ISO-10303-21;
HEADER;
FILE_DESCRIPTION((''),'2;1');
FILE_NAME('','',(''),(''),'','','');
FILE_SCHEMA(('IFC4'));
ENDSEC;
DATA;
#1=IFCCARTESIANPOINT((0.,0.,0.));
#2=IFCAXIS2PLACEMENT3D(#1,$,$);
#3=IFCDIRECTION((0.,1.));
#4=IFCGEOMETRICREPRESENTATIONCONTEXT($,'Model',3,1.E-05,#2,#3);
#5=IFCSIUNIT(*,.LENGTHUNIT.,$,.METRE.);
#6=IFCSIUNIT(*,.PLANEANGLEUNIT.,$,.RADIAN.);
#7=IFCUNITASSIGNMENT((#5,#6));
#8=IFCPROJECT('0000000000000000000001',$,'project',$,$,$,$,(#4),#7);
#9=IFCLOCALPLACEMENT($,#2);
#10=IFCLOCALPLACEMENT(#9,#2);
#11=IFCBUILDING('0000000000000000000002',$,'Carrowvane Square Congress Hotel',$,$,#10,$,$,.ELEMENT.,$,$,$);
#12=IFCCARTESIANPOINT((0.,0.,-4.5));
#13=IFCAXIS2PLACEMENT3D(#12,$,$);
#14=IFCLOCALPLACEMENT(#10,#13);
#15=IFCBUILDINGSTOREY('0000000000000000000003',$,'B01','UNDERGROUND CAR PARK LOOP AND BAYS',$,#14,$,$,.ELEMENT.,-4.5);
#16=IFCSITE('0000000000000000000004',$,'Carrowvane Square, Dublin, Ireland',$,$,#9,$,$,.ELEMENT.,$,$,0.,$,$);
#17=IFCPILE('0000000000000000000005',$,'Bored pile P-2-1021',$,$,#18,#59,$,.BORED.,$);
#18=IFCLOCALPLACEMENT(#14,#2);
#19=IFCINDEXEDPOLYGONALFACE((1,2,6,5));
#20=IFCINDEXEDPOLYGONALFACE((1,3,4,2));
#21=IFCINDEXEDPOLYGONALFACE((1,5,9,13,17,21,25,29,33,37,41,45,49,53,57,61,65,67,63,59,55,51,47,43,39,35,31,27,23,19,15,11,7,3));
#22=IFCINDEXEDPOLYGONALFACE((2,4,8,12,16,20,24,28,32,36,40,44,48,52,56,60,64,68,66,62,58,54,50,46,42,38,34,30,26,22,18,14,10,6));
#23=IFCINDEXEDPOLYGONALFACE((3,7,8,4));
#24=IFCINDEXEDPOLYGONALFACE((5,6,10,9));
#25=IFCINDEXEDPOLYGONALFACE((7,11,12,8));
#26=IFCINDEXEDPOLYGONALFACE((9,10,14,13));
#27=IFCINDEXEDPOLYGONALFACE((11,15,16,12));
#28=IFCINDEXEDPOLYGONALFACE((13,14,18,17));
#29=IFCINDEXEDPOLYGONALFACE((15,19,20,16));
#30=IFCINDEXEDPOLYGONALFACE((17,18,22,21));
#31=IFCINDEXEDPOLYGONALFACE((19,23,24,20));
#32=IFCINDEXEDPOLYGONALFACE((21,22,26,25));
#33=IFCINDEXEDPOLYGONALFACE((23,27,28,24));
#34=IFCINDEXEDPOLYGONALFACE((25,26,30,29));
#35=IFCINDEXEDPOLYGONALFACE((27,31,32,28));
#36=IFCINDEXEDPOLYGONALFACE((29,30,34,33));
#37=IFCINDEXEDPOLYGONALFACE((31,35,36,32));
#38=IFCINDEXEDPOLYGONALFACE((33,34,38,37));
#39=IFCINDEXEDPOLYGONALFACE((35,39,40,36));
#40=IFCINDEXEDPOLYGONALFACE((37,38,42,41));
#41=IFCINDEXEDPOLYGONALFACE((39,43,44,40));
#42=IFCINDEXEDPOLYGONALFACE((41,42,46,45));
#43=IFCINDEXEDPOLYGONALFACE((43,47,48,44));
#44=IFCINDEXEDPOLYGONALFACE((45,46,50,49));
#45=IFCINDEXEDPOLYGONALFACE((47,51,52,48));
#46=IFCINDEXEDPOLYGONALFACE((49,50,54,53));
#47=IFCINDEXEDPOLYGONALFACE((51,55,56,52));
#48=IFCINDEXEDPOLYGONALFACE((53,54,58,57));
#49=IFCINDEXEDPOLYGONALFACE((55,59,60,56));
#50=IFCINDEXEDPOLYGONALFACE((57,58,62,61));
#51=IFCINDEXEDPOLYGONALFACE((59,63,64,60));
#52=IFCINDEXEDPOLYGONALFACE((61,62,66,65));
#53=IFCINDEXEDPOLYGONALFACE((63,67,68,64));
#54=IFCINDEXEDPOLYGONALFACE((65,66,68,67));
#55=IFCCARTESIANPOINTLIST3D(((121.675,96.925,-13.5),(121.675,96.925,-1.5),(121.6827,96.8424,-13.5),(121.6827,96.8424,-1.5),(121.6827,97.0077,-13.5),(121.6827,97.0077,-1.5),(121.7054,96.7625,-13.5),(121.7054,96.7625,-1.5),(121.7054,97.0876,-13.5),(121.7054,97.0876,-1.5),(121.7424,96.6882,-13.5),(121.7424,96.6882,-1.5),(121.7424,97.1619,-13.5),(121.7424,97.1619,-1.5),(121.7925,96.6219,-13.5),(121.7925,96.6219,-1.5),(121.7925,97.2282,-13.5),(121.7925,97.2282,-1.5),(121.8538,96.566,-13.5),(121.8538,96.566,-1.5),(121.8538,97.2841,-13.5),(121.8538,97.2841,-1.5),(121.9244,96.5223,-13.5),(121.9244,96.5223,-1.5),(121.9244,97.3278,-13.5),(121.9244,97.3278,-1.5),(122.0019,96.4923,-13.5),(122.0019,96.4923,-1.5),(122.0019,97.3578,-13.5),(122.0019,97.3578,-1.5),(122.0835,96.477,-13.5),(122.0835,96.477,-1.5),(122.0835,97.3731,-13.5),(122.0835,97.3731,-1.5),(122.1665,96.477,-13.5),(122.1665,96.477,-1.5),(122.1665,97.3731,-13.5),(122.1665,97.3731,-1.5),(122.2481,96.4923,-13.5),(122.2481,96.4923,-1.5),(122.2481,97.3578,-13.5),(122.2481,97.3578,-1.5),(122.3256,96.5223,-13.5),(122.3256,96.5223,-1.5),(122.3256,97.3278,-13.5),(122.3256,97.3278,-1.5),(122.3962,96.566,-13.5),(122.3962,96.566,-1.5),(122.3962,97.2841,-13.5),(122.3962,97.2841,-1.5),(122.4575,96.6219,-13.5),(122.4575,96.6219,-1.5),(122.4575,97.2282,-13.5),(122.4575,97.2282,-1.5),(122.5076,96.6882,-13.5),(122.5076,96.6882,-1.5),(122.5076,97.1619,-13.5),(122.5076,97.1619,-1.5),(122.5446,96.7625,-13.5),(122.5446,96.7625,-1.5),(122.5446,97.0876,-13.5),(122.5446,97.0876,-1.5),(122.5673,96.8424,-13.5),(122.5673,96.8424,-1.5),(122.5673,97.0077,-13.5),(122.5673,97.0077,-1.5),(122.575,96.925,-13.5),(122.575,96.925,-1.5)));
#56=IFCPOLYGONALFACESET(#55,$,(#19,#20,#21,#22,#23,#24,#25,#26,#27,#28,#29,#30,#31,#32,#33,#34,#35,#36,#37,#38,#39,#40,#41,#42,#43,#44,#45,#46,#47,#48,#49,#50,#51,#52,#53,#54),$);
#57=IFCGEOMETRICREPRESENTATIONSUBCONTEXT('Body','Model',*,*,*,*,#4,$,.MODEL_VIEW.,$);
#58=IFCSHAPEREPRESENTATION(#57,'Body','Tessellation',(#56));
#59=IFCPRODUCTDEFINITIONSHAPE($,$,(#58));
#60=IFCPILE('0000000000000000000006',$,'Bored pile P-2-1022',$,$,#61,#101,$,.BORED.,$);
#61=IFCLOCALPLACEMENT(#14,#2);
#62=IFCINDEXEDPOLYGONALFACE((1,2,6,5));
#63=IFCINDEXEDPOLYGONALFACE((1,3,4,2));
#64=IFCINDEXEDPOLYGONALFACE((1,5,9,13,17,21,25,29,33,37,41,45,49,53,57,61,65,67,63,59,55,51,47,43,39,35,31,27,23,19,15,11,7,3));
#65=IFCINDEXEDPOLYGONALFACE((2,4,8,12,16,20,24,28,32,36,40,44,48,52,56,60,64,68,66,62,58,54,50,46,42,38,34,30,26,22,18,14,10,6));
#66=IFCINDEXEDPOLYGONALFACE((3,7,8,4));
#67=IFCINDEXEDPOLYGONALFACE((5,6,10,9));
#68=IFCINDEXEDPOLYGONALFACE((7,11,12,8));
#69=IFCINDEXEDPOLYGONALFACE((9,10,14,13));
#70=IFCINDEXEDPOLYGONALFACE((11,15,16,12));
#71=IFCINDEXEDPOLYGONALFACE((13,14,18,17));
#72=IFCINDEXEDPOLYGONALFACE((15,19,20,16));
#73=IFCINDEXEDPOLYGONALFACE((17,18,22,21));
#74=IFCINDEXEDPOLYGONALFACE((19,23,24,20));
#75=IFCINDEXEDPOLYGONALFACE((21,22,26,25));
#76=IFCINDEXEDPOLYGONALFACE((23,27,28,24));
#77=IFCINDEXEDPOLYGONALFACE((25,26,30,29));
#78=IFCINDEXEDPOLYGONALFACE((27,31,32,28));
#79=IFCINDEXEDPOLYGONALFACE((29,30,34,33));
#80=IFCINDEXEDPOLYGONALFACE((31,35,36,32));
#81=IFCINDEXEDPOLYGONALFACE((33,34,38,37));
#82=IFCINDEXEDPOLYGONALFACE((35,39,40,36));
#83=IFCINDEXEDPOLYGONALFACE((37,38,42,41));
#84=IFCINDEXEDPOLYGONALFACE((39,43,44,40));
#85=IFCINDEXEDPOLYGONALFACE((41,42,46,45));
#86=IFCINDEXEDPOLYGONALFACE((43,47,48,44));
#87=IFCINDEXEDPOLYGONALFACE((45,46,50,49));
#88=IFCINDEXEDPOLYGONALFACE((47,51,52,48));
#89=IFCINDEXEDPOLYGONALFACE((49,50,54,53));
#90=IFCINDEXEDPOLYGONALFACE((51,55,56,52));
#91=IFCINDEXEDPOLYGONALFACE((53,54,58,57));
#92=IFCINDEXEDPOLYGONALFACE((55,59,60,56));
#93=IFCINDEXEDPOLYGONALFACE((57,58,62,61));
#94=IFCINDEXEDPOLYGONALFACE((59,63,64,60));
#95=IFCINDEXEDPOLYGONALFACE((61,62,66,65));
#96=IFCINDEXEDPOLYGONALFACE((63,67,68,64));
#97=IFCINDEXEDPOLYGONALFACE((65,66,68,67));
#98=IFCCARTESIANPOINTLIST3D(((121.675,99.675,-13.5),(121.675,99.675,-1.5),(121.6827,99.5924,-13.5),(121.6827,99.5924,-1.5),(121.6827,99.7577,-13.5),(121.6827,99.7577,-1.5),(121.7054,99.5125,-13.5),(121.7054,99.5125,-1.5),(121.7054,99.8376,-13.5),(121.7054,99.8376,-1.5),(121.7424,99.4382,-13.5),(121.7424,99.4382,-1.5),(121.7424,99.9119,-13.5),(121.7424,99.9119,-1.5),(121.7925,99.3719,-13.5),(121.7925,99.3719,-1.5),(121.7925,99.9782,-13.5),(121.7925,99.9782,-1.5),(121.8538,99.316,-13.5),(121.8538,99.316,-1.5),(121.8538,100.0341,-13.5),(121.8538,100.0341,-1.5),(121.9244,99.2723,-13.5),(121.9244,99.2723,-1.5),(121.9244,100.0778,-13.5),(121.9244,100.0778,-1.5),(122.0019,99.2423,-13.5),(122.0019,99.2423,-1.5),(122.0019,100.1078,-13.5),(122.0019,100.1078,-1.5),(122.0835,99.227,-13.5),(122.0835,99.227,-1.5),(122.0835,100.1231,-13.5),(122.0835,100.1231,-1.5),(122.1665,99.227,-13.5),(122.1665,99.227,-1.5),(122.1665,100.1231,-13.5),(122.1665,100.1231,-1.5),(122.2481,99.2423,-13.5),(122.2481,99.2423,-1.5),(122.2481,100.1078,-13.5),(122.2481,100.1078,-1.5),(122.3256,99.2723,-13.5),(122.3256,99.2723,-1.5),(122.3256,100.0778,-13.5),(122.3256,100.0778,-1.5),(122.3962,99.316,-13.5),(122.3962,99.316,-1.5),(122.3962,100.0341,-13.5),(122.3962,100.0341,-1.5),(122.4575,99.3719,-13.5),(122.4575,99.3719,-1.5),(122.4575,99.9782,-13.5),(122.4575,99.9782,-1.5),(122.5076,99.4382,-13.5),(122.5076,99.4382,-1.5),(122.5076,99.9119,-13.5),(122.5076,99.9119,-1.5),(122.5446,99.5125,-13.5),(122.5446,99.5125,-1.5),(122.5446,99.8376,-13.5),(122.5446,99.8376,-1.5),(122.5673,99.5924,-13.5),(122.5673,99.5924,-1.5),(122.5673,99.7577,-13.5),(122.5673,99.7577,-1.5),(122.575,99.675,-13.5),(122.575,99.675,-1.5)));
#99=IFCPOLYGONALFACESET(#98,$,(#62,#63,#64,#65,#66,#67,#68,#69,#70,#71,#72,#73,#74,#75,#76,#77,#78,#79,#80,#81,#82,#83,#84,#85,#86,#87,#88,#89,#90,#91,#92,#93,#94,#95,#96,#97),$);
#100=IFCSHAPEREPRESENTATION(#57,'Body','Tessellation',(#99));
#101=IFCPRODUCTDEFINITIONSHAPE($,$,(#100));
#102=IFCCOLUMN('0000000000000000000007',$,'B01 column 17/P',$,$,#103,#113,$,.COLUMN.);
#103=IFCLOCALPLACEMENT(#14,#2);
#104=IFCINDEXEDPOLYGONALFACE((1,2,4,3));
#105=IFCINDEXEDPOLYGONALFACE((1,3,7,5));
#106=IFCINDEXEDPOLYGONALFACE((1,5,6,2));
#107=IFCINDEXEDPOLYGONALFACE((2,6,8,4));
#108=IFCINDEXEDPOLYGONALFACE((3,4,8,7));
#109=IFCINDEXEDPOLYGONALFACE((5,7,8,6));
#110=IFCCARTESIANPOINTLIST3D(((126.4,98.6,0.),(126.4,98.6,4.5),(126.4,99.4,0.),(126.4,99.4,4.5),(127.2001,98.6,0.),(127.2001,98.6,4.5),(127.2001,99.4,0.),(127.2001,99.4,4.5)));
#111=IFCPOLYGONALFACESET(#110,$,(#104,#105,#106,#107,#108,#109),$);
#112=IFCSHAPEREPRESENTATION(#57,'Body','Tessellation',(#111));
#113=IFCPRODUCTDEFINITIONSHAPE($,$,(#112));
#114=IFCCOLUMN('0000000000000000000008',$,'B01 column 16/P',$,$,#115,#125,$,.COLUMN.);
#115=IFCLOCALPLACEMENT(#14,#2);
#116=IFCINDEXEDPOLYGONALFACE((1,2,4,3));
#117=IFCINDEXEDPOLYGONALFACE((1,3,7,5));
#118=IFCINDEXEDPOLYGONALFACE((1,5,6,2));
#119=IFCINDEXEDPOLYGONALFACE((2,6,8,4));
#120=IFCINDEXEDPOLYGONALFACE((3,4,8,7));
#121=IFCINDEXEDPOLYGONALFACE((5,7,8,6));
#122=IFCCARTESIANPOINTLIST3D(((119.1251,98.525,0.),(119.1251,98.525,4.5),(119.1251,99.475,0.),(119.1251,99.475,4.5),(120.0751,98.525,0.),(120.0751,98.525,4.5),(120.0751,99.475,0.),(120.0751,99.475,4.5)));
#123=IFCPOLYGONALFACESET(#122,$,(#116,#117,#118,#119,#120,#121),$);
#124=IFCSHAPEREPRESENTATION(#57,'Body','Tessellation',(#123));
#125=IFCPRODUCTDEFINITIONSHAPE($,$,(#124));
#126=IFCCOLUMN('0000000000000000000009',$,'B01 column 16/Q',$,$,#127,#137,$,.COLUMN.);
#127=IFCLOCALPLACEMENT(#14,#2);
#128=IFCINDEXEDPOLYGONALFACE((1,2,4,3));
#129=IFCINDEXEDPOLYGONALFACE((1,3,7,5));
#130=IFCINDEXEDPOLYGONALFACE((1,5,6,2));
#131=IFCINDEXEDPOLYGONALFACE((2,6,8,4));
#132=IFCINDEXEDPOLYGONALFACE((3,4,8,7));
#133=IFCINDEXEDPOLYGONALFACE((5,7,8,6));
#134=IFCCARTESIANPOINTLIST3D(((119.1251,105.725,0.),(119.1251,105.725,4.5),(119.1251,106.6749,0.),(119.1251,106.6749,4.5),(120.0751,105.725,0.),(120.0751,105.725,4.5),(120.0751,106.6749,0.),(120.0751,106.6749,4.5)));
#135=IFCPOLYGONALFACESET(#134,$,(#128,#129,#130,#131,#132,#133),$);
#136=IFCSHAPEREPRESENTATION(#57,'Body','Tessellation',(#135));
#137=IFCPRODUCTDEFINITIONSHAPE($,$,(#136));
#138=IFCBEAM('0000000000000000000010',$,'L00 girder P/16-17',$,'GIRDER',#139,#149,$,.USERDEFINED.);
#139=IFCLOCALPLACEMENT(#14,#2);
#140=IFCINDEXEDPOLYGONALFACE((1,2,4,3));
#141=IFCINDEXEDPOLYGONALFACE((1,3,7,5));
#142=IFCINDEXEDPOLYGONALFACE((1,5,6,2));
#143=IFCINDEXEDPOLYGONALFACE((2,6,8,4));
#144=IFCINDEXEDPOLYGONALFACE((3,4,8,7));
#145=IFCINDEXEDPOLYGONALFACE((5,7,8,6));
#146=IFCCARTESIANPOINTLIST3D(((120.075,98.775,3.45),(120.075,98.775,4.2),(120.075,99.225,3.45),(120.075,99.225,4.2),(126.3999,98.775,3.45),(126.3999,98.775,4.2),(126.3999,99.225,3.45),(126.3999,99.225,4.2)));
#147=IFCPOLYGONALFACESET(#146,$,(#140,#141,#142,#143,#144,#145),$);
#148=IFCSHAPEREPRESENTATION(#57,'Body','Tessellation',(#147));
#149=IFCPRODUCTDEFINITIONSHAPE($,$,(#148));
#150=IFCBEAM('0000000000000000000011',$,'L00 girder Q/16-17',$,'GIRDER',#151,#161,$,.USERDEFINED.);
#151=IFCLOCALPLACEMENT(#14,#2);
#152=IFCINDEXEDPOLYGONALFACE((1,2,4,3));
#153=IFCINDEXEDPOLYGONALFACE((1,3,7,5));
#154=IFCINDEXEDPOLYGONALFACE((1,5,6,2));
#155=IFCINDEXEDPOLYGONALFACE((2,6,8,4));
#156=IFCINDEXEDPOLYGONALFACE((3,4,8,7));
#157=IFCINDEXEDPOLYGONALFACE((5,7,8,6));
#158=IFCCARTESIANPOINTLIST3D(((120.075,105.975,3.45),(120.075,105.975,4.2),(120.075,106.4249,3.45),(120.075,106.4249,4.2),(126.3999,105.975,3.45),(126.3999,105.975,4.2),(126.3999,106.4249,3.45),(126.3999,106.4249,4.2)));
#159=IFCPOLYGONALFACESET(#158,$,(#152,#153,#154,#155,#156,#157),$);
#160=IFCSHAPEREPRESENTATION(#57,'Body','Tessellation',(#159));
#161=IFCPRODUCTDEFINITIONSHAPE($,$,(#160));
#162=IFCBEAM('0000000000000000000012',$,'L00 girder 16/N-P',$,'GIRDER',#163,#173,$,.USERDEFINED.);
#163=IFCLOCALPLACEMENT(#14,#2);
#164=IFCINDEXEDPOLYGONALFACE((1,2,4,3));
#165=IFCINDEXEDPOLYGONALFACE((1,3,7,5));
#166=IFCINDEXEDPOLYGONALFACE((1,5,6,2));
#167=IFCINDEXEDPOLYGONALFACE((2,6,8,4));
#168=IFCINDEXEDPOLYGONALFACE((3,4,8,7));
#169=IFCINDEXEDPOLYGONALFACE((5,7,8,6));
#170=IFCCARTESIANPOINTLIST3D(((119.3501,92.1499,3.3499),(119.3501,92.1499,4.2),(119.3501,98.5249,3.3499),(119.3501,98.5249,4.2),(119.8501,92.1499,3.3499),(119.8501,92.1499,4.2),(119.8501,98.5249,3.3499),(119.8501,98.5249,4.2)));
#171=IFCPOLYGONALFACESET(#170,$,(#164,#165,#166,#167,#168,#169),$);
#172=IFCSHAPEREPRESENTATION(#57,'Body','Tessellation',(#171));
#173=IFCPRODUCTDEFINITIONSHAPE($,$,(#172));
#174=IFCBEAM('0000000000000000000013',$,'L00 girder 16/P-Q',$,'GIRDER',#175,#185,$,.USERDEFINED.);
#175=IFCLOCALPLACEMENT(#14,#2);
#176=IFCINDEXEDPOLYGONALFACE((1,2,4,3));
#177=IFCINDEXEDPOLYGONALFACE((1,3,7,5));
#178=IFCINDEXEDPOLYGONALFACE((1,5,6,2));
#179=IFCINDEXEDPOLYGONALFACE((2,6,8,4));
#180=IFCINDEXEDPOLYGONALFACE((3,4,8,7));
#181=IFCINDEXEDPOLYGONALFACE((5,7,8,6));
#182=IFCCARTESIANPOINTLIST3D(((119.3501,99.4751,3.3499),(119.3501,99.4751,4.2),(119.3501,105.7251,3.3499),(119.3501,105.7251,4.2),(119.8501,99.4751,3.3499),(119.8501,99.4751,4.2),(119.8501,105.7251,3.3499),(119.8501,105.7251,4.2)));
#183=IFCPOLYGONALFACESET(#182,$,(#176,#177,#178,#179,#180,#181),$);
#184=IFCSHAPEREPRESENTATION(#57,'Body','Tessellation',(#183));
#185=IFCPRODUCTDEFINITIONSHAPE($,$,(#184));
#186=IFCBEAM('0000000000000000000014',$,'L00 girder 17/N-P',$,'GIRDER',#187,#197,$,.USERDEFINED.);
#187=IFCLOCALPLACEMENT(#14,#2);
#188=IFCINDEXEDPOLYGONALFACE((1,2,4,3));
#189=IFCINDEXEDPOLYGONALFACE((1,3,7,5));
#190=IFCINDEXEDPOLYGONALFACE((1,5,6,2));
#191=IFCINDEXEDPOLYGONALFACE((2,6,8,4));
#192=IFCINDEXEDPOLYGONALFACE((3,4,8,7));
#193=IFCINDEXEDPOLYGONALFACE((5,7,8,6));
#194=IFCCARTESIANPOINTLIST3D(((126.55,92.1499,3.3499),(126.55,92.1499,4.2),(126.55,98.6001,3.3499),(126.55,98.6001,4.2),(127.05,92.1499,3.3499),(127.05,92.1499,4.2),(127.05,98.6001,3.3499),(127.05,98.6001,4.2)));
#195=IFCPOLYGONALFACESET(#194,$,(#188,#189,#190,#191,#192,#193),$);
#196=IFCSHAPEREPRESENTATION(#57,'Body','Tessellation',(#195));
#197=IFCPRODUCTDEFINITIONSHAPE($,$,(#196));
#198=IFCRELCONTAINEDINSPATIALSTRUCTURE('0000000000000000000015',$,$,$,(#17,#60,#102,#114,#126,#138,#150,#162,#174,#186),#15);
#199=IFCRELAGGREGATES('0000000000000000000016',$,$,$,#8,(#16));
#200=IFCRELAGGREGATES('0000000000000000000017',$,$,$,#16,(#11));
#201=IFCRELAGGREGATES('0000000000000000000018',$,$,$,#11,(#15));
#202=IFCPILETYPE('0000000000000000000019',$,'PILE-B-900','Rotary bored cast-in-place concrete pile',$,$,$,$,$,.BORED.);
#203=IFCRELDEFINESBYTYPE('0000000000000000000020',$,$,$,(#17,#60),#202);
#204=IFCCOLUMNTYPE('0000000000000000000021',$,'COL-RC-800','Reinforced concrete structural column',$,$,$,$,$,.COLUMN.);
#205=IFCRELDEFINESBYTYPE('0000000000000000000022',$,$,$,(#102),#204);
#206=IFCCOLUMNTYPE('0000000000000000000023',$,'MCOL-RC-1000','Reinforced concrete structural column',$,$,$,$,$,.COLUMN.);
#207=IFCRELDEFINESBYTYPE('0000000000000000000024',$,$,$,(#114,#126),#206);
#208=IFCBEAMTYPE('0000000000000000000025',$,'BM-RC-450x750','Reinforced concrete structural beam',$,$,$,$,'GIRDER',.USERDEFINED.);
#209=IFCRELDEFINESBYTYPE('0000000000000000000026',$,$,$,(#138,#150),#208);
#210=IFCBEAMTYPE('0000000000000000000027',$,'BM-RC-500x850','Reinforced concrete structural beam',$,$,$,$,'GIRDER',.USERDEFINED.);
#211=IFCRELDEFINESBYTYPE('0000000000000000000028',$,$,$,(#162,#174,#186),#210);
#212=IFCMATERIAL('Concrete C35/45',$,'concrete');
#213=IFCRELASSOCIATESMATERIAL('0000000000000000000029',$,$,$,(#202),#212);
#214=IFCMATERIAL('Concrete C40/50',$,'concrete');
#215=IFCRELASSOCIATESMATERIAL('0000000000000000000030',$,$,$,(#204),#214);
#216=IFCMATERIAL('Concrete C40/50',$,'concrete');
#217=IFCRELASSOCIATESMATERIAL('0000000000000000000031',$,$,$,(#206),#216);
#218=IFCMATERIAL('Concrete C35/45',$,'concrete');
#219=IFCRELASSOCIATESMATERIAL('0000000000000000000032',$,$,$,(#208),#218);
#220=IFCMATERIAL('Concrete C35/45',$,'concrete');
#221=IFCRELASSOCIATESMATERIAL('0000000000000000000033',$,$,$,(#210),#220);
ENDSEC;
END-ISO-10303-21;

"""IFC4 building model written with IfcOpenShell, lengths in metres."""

from ifc_helpers import new_model, si_unit, direction, frame, origin, origin_2d, place, context, subcontext, project, spatial, rectangle, circle, extrude, material, material_profile, profile_set, type_object, element, save


model = new_model("IFC4")

# Units and contexts
model_context = context("Model", 3, precision=1e-05, world=origin(), true_north=direction((0.0, 1.0)))
body_context = subcontext(model_context, "Body", "Model", "MODEL_VIEW")
ifc_project = project(units=[si_unit("LENGTHUNIT", "METRE"), si_unit("PLANEANGLEUNIT", "RADIAN")], contexts=[model_context])

# Site, building, storey
site_placement = place(None, origin())
site = spatial("IfcSite", under=ifc_project, at=site_placement, Name="Carrowvane Square, Dublin, Ireland", CompositionType="ELEMENT", RefElevation=0.0)
building_placement = place(site_placement, origin())
building = spatial("IfcBuilding", under=site, at=building_placement, Name="Carrowvane Square Congress Hotel", CompositionType="ELEMENT")
storey_placement = place(building_placement, frame((0.0, 0.0, -4.5)))
storey = spatial("IfcBuildingStorey", under=building, at=storey_placement, Name="B01", Description="UNDERGROUND CAR PARK LOOP AND BAYS", CompositionType="ELEMENT", Elevation=-4.5)

# Piles
ifc_material_1 = material(Name="Concrete C35/45", Category="concrete")
ifc_material_profile_1 = material_profile(ifc_material_1, circle(Radius=0.45, at=origin_2d()), Name="PILE D900")
ifc_profile_set_1 = profile_set([ifc_material_profile_1], Name="Concrete C35/45")
pile_type_1 = type_object("IfcPileType", Name="PILE-B-900", Description="Rotary bored cast-in-place concrete pile", PredefinedType="BORED", material=ifc_profile_set_1)
for number, where, z_axis, x_axis, name in (
    (1, (122.125, 96.925, -1.5), (0.0, 0.0, -1.0), (1.0, 0.0, 0.0), "Bored pile P-2-1021"),
    (2, (122.125, 99.675, -1.5), (0.0, 0.0, -1.0), (1.0, 0.0, 0.0), "Bored pile P-2-1022"),
):
    element("IfcPile", number, at=place(storey_placement, frame(where, z_axis=z_axis, x_axis=x_axis)), inside=storey, type_object=pile_type_1, Name=name, PredefinedType="BORED", context=body_context, shape_type="SweptSolid", body=[
        extrude(circle(Radius=0.45, at=origin_2d()), origin(), (0.0, 0.0, 1.0), 12.0),
    ])

# Columns
ifc_material_2 = material(Name="Concrete C40/50", Category="concrete")
ifc_material_profile_2 = material_profile(ifc_material_2, rectangle(XDim=0.8, YDim=0.8, at=origin_2d()), Name="RC 800x800")
ifc_profile_set_2 = profile_set([ifc_material_profile_2], Name="Concrete C40/50")
column_type_1 = type_object("IfcColumnType", Name="COL-RC-800", Description="Reinforced concrete structural column", PredefinedType="COLUMN", material=ifc_profile_set_2)
column_placement = place(storey_placement, frame((126.8, 99.0, 0.0), z_axis=(0.0, 0.0, 1.0), x_axis=(1.0, 0.0, 0.0)))
element("IfcColumn", 3, at=column_placement, inside=storey, type_object=column_type_1, Name="B01 column 17/P", PredefinedType="COLUMN", context=body_context, shape_type="SweptSolid", body=[
    extrude(rectangle(XDim=0.8, YDim=0.8, at=origin_2d()), origin(), (0.0, 0.0, 1.0), 4.5),
])
ifc_material_3 = material(Name="Concrete C40/50", Category="concrete")
ifc_material_profile_3 = material_profile(ifc_material_3, rectangle(XDim=0.95, YDim=0.95, at=origin_2d()), Name="RC 950x950")
ifc_profile_set_3 = profile_set([ifc_material_profile_3], Name="Concrete C40/50")
column_type_2 = type_object("IfcColumnType", Name="MCOL-RC-1000", Description="Reinforced concrete structural column", PredefinedType="COLUMN", material=ifc_profile_set_3)
for number, where, z_axis, x_axis, name in (
    (4, (119.6001, 99.0, 0.0), (0.0, 0.0, 1.0), (1.0, 0.0, 0.0), "B01 column 16/P"),
    (5, (119.6001, 106.2, 0.0), (0.0, 0.0, 1.0), (1.0, 0.0, 0.0), "B01 column 16/Q"),
):
    element("IfcColumn", number, at=place(storey_placement, frame(where, z_axis=z_axis, x_axis=x_axis)), inside=storey, type_object=column_type_2, Name=name, PredefinedType="COLUMN", context=body_context, shape_type="SweptSolid", body=[
        extrude(rectangle(XDim=0.95, YDim=0.95, at=origin_2d()), origin(), (0.0, 0.0, 1.0), 4.5),
    ])

# Beams
ifc_material_4 = material(Name="Concrete C35/45", Category="concrete")
ifc_material_profile_4 = material_profile(ifc_material_4, rectangle(XDim=0.45, YDim=0.75, at=origin_2d()), Name="RC 450x750")
ifc_profile_set_4 = profile_set([ifc_material_profile_4], Name="Concrete C35/45")
beam_type_1 = type_object("IfcBeamType", Name="BM-RC-450x750", Description="Reinforced concrete structural beam", ElementType="GIRDER", PredefinedType="USERDEFINED", material=ifc_profile_set_4)
for number, where, z_axis, x_axis, name in (
    (6, (120.075, 99.0, 3.825), (1.0, 0.0, 0.0), (0.0, 1.0, 0.0), "L00 girder P/16-17"),
    (7, (120.075, 106.2, 3.825), (1.0, 0.0, 0.0), (0.0, 1.0, 0.0), "L00 girder Q/16-17"),
):
    element("IfcBeam", number, at=place(storey_placement, frame(where, z_axis=z_axis, x_axis=x_axis)), inside=storey, type_object=beam_type_1, Name=name, ObjectType="GIRDER", PredefinedType="USERDEFINED", context=body_context, shape_type="SweptSolid", body=[
        extrude(rectangle(XDim=0.45, YDim=0.75, at=origin_2d()), origin(), (0.0, 0.0, 1.0), 6.325),
    ])
ifc_material_5 = material(Name="Concrete C35/45", Category="concrete")
ifc_material_profile_5 = material_profile(ifc_material_5, rectangle(XDim=0.5, YDim=0.8501, at=origin_2d()), Name="RC 500x850")
ifc_profile_set_5 = profile_set([ifc_material_profile_5], Name="Concrete C35/45")
beam_type_2 = type_object("IfcBeamType", Name="BM-RC-500x850", Description="Reinforced concrete structural beam", ElementType="GIRDER", PredefinedType="USERDEFINED", material=ifc_profile_set_5)
beam_1_placement = place(storey_placement, frame((119.6001, 92.1499, 3.7749), z_axis=(0.0, 1.0, 0.0), x_axis=(-1.0, 0.0, 0.0)))
element("IfcBeam", 8, at=beam_1_placement, inside=storey, type_object=beam_type_2, Name="L00 girder 16/N-P", ObjectType="GIRDER", PredefinedType="USERDEFINED", context=body_context, shape_type="SweptSolid", body=[
    extrude(rectangle(XDim=0.5, YDim=0.8501, at=origin_2d()), origin(), (0.0, 0.0, 1.0), 6.375),
])
beam_2_placement = place(storey_placement, frame((119.6001, 99.4751, 3.7749), z_axis=(0.0, 1.0, 0.0), x_axis=(-1.0, 0.0, 0.0)))
element("IfcBeam", 9, at=beam_2_placement, inside=storey, type_object=beam_type_2, Name="L00 girder 16/P-Q", ObjectType="GIRDER", PredefinedType="USERDEFINED", context=body_context, shape_type="SweptSolid", body=[
    extrude(rectangle(XDim=0.5, YDim=0.8501, at=origin_2d()), origin(), (0.0, 0.0, 1.0), 6.25),
])
beam_3_placement = place(storey_placement, frame((126.8, 92.1499, 3.7749), z_axis=(0.0, 1.0, 0.0), x_axis=(-1.0, 0.0, 0.0)))
element("IfcBeam", 10, at=beam_3_placement, inside=storey, type_object=beam_type_2, Name="L00 girder 17/N-P", ObjectType="GIRDER", PredefinedType="USERDEFINED", context=body_context, shape_type="SweptSolid", body=[
    extrude(rectangle(XDim=0.5, YDim=0.8501, at=origin_2d()), origin(), (0.0, 0.0, 1.0), 6.4502),
])

save(model, "model.ifc")
